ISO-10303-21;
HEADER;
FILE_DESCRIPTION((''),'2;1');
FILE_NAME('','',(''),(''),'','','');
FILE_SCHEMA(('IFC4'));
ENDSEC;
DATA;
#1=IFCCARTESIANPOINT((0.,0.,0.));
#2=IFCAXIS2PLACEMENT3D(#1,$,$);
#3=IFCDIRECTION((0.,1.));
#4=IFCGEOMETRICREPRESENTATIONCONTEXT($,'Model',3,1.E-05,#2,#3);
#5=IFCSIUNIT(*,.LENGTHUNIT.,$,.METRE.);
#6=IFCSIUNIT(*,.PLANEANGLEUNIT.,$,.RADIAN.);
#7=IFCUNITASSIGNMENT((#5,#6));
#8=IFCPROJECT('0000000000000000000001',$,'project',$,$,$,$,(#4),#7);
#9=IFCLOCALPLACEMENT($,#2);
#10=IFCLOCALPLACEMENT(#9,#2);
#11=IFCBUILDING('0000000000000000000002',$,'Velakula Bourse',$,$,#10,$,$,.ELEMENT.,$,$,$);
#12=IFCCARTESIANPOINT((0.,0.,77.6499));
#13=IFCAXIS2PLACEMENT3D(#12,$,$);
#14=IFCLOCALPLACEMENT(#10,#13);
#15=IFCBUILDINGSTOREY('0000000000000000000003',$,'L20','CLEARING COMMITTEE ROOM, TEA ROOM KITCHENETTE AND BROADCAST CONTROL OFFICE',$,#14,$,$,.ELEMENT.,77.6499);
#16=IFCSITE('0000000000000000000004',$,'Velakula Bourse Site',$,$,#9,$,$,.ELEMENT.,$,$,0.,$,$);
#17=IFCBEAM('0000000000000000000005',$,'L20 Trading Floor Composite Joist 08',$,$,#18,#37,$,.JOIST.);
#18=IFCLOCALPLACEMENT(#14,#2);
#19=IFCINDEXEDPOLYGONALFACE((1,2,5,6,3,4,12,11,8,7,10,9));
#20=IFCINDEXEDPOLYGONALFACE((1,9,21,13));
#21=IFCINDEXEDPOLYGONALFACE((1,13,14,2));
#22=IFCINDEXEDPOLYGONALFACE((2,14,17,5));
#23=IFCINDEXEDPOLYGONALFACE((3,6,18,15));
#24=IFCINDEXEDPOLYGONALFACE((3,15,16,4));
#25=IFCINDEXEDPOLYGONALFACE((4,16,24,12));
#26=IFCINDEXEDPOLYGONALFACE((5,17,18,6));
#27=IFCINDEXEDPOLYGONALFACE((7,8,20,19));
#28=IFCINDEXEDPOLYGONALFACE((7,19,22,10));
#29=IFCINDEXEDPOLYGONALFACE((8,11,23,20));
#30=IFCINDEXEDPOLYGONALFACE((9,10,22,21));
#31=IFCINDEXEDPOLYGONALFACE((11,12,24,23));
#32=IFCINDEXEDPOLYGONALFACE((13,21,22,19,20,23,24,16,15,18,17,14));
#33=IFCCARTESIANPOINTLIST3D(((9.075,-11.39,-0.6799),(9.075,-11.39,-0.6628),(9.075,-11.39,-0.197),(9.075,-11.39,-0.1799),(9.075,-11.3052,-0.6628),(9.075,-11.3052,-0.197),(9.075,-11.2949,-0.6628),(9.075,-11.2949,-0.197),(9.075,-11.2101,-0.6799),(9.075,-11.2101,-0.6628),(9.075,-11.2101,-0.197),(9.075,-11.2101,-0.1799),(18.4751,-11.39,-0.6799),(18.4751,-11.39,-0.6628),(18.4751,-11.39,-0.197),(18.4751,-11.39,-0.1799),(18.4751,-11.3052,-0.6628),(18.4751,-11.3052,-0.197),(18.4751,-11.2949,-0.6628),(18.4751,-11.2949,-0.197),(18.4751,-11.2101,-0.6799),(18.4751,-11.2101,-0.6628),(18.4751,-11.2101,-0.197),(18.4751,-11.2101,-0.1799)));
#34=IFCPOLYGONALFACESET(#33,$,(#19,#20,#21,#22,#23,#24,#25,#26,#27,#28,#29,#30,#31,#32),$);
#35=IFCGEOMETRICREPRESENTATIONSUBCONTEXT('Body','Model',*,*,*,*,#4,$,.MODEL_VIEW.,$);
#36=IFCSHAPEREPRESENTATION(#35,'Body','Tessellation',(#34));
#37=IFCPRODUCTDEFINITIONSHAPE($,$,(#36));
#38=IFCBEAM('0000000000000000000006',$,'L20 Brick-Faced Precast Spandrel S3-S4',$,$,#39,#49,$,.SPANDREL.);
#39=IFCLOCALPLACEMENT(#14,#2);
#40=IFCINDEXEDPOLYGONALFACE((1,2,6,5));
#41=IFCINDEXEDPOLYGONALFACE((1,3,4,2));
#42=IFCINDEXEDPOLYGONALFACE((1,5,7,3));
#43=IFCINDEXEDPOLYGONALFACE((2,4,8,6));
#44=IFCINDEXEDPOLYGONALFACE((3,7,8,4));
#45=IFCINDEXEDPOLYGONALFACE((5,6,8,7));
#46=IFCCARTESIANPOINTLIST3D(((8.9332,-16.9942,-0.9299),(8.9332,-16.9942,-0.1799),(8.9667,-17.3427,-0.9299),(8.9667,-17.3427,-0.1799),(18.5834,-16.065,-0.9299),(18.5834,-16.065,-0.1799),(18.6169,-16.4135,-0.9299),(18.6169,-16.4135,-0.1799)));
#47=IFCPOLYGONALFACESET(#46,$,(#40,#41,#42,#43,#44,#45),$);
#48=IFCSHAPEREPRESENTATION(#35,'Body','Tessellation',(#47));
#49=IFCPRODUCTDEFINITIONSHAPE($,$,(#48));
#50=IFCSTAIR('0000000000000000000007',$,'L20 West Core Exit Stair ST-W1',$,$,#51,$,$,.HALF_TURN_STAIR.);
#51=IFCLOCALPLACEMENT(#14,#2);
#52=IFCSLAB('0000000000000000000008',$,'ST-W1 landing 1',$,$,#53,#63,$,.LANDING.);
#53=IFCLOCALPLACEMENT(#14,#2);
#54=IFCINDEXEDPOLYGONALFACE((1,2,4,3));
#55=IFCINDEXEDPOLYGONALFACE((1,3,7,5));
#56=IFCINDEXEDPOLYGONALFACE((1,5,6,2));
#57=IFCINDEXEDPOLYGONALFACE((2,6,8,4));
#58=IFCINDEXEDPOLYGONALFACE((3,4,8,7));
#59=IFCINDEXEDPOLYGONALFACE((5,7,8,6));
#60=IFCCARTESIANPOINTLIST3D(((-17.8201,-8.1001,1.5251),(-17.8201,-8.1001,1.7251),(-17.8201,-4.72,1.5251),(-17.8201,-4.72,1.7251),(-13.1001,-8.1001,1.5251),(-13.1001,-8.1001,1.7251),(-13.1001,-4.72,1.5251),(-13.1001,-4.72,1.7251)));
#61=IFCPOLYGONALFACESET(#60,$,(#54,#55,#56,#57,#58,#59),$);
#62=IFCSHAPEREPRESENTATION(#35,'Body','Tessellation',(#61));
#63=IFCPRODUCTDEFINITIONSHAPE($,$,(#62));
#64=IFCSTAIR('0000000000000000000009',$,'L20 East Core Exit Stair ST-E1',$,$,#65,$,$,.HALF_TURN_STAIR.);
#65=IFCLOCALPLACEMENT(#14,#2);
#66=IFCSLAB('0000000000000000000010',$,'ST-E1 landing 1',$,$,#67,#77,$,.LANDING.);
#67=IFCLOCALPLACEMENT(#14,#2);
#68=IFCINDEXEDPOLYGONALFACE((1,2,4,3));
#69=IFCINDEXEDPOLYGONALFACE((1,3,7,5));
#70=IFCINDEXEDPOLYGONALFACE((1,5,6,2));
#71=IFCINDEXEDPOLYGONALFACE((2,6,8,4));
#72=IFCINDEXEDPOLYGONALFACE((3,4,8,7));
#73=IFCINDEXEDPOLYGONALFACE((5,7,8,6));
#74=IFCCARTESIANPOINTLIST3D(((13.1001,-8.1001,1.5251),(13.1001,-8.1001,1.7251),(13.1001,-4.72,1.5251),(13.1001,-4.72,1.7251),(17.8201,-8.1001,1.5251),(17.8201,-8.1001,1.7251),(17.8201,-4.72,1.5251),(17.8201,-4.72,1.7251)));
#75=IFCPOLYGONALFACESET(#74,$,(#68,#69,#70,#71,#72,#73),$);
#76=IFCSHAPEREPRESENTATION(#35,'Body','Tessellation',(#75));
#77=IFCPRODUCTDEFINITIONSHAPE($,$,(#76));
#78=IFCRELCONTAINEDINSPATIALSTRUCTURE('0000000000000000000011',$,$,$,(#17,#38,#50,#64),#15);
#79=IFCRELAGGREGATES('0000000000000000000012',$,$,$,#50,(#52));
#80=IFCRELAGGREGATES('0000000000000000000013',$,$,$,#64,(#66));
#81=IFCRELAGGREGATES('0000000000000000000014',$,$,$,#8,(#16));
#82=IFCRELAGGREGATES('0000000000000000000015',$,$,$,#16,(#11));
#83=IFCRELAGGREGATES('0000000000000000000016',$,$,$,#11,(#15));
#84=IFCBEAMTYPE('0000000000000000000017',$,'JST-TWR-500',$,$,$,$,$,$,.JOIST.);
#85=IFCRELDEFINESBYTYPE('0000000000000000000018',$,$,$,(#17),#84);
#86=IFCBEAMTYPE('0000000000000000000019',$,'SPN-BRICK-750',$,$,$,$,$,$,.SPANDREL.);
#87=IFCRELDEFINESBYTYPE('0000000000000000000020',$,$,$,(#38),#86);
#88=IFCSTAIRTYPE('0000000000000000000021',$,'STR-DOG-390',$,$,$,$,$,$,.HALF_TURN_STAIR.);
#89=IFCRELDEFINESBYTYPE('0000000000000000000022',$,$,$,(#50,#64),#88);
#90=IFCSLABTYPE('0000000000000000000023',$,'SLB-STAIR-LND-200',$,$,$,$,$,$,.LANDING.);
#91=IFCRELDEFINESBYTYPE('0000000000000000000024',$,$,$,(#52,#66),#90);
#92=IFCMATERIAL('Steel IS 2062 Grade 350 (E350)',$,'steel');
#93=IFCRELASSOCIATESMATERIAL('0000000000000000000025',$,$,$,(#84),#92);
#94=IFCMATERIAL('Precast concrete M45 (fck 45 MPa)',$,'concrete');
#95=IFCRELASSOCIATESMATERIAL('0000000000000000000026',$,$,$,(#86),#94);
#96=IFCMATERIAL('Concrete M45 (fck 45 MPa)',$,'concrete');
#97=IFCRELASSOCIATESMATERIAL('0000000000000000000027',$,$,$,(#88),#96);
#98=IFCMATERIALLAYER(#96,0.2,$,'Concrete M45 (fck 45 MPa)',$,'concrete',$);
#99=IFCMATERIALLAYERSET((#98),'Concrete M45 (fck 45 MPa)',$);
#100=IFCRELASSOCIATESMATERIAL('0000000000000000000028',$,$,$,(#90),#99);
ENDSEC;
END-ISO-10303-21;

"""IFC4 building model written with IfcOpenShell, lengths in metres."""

from ifc_helpers import new_model, si_unit, direction, frame, origin, origin_2d, place, context, subcontext, project, spatial, polyline, rectangle, i_section, outline, extrude, material, layer, layer_set, material_profile, profile_set, type_object, element, aggregate, save


model = new_model("IFC4")

# Units and contexts
model_context = context("Model", 3, precision=1e-05, world=origin(), true_north=direction((0.0, 1.0)))
body_context = subcontext(model_context, "Body", "Model", "MODEL_VIEW")
ifc_project = project(units=[si_unit("LENGTHUNIT", "METRE"), si_unit("PLANEANGLEUNIT", "RADIAN")], contexts=[model_context])

# Site, building, storey
site_placement = place(None, origin())
site = spatial("IfcSite", under=ifc_project, at=site_placement, Name="Velakula Bourse Site", CompositionType="ELEMENT", RefElevation=0.0)
building_placement = place(site_placement, origin())
building = spatial("IfcBuilding", under=site, at=building_placement, Name="Velakula Bourse", CompositionType="ELEMENT")
storey_placement = place(building_placement, frame((0.0, 0.0, 77.6499)))
storey = spatial("IfcBuildingStorey", under=building, at=storey_placement, Name="L20", Description="CLEARING COMMITTEE ROOM, TEA ROOM KITCHENETTE AND BROADCAST CONTROL OFFICE", CompositionType="ELEMENT", Elevation=77.6499)

# Beams
ifc_material_1 = material(Name="Steel IS 2062 Grade 350 (E350)", Category="steel")
ifc_material_profile_1 = material_profile(ifc_material_1, i_section(OverallWidth=0.1799, OverallDepth=0.5, WebThickness=0.0103, FlangeThickness=0.0171, at=origin_2d()), Name="Steel IS 2062 Grade 350 (E350)")
ifc_profile_set_1 = profile_set([ifc_material_profile_1], Name="Steel IS 2062 Grade 350 (E350)")
beam_type_1 = type_object("IfcBeamType", Name="JST-TWR-500", PredefinedType="JOIST", material=ifc_profile_set_1)
beam_1_placement = place(storey_placement, frame((9.075, -11.3, -0.4299), z_axis=(1.0, 0.0, 0.0), x_axis=(0.0, 1.0, 0.0)))
element("IfcBeam", 1, at=beam_1_placement, inside=storey, type_object=beam_type_1, Name="L20 Trading Floor Composite Joist 08", PredefinedType="JOIST", context=body_context, shape_type="SweptSolid", body=[
    extrude(i_section(OverallWidth=0.1799, OverallDepth=0.5, WebThickness=0.0103, FlangeThickness=0.0171, at=origin_2d()), origin(), (0.0, 0.0, 1.0), 9.4001),
])
ifc_material_2 = material(Name="Precast concrete M45 (fck 45 MPa)", Category="concrete")
ifc_material_profile_2 = material_profile(ifc_material_2, rectangle(XDim=0.3501, YDim=0.75, at=origin_2d()), Name="Precast concrete M45 (fck 45 MPa)")
ifc_profile_set_2 = profile_set([ifc_material_profile_2], Name="Precast concrete M45 (fck 45 MPa)")
beam_type_2 = type_object("IfcBeamType", Name="SPN-BRICK-750", PredefinedType="SPANDREL", material=ifc_profile_set_2)
beam_2_placement = place(storey_placement, frame((8.95, -17.1685, -0.5549), z_axis=(0.995396, 0.095845, 0.0), x_axis=(-0.095845, 0.995396, 0.0)))
element("IfcBeam", 2, at=beam_2_placement, inside=storey, type_object=beam_type_2, Name="L20 Brick-Faced Precast Spandrel S3-S4", PredefinedType="SPANDREL", context=body_context, shape_type="SweptSolid", body=[
    extrude(rectangle(XDim=0.3501, YDim=0.75, at=origin_2d()), origin(), (0.0, 0.0, 1.0), 9.6948),
])

# Stairs, slabs
ifc_material_3 = material(Name="Concrete M45 (fck 45 MPa)", Category="concrete")
stair_type = type_object("IfcStairType", Name="STR-DOG-390", PredefinedType="HALF_TURN_STAIR", material=ifc_material_3)
stair_1_placement = place(storey_placement, origin())
stair_1 = element("IfcStair", 3, at=stair_1_placement, inside=storey, type_object=stair_type, Name="L20 West Core Exit Stair ST-W1", PredefinedType="HALF_TURN_STAIR")
ifc_layer_1 = layer(ifc_material_3, 0.2, Name="Concrete M45 (fck 45 MPa)", Category="concrete")
ifc_layer_set_1 = layer_set([ifc_layer_1], Name="Concrete M45 (fck 45 MPa)")
slab_type_1 = type_object("IfcSlabType", Name="SLB-STAIR-LND-200", PredefinedType="LANDING", material=ifc_layer_set_1)
slab_1_placement = place(storey_placement, frame((0.0, 0.0, 1.5251)))
slab_1 = element("IfcSlab", 4, at=slab_1_placement, type_object=slab_type_1, Name="ST-W1 landing 1", PredefinedType="LANDING", context=body_context, shape_type="SweptSolid", body=[
    extrude(outline(polyline([(-17.8201, -4.72), (-17.8201, -8.1001), (-13.1001, -8.1001), (-13.1001, -4.72), (-17.8201, -4.72)])), origin(), (0.0, 0.0, 1.0), 0.2),
])
aggregate(stair_1, [slab_1])
stair_2_placement = place(storey_placement, origin())
stair_2 = element("IfcStair", 5, at=stair_2_placement, inside=storey, type_object=stair_type, Name="L20 East Core Exit Stair ST-E1", PredefinedType="HALF_TURN_STAIR")
slab_2_placement = place(storey_placement, frame((0.0, 0.0, 1.5251)))
slab_2 = element("IfcSlab", 6, at=slab_2_placement, type_object=slab_type_1, Name="ST-E1 landing 1", PredefinedType="LANDING", context=body_context, shape_type="SweptSolid", body=[
    extrude(outline(polyline([(13.1001, -4.72), (13.1001, -8.1001), (17.8201, -8.1001), (17.8201, -4.72), (13.1001, -4.72)])), origin(), (0.0, 0.0, 1.0), 0.2),
])
aggregate(stair_2, [slab_2])

save(model, "model.ifc")
